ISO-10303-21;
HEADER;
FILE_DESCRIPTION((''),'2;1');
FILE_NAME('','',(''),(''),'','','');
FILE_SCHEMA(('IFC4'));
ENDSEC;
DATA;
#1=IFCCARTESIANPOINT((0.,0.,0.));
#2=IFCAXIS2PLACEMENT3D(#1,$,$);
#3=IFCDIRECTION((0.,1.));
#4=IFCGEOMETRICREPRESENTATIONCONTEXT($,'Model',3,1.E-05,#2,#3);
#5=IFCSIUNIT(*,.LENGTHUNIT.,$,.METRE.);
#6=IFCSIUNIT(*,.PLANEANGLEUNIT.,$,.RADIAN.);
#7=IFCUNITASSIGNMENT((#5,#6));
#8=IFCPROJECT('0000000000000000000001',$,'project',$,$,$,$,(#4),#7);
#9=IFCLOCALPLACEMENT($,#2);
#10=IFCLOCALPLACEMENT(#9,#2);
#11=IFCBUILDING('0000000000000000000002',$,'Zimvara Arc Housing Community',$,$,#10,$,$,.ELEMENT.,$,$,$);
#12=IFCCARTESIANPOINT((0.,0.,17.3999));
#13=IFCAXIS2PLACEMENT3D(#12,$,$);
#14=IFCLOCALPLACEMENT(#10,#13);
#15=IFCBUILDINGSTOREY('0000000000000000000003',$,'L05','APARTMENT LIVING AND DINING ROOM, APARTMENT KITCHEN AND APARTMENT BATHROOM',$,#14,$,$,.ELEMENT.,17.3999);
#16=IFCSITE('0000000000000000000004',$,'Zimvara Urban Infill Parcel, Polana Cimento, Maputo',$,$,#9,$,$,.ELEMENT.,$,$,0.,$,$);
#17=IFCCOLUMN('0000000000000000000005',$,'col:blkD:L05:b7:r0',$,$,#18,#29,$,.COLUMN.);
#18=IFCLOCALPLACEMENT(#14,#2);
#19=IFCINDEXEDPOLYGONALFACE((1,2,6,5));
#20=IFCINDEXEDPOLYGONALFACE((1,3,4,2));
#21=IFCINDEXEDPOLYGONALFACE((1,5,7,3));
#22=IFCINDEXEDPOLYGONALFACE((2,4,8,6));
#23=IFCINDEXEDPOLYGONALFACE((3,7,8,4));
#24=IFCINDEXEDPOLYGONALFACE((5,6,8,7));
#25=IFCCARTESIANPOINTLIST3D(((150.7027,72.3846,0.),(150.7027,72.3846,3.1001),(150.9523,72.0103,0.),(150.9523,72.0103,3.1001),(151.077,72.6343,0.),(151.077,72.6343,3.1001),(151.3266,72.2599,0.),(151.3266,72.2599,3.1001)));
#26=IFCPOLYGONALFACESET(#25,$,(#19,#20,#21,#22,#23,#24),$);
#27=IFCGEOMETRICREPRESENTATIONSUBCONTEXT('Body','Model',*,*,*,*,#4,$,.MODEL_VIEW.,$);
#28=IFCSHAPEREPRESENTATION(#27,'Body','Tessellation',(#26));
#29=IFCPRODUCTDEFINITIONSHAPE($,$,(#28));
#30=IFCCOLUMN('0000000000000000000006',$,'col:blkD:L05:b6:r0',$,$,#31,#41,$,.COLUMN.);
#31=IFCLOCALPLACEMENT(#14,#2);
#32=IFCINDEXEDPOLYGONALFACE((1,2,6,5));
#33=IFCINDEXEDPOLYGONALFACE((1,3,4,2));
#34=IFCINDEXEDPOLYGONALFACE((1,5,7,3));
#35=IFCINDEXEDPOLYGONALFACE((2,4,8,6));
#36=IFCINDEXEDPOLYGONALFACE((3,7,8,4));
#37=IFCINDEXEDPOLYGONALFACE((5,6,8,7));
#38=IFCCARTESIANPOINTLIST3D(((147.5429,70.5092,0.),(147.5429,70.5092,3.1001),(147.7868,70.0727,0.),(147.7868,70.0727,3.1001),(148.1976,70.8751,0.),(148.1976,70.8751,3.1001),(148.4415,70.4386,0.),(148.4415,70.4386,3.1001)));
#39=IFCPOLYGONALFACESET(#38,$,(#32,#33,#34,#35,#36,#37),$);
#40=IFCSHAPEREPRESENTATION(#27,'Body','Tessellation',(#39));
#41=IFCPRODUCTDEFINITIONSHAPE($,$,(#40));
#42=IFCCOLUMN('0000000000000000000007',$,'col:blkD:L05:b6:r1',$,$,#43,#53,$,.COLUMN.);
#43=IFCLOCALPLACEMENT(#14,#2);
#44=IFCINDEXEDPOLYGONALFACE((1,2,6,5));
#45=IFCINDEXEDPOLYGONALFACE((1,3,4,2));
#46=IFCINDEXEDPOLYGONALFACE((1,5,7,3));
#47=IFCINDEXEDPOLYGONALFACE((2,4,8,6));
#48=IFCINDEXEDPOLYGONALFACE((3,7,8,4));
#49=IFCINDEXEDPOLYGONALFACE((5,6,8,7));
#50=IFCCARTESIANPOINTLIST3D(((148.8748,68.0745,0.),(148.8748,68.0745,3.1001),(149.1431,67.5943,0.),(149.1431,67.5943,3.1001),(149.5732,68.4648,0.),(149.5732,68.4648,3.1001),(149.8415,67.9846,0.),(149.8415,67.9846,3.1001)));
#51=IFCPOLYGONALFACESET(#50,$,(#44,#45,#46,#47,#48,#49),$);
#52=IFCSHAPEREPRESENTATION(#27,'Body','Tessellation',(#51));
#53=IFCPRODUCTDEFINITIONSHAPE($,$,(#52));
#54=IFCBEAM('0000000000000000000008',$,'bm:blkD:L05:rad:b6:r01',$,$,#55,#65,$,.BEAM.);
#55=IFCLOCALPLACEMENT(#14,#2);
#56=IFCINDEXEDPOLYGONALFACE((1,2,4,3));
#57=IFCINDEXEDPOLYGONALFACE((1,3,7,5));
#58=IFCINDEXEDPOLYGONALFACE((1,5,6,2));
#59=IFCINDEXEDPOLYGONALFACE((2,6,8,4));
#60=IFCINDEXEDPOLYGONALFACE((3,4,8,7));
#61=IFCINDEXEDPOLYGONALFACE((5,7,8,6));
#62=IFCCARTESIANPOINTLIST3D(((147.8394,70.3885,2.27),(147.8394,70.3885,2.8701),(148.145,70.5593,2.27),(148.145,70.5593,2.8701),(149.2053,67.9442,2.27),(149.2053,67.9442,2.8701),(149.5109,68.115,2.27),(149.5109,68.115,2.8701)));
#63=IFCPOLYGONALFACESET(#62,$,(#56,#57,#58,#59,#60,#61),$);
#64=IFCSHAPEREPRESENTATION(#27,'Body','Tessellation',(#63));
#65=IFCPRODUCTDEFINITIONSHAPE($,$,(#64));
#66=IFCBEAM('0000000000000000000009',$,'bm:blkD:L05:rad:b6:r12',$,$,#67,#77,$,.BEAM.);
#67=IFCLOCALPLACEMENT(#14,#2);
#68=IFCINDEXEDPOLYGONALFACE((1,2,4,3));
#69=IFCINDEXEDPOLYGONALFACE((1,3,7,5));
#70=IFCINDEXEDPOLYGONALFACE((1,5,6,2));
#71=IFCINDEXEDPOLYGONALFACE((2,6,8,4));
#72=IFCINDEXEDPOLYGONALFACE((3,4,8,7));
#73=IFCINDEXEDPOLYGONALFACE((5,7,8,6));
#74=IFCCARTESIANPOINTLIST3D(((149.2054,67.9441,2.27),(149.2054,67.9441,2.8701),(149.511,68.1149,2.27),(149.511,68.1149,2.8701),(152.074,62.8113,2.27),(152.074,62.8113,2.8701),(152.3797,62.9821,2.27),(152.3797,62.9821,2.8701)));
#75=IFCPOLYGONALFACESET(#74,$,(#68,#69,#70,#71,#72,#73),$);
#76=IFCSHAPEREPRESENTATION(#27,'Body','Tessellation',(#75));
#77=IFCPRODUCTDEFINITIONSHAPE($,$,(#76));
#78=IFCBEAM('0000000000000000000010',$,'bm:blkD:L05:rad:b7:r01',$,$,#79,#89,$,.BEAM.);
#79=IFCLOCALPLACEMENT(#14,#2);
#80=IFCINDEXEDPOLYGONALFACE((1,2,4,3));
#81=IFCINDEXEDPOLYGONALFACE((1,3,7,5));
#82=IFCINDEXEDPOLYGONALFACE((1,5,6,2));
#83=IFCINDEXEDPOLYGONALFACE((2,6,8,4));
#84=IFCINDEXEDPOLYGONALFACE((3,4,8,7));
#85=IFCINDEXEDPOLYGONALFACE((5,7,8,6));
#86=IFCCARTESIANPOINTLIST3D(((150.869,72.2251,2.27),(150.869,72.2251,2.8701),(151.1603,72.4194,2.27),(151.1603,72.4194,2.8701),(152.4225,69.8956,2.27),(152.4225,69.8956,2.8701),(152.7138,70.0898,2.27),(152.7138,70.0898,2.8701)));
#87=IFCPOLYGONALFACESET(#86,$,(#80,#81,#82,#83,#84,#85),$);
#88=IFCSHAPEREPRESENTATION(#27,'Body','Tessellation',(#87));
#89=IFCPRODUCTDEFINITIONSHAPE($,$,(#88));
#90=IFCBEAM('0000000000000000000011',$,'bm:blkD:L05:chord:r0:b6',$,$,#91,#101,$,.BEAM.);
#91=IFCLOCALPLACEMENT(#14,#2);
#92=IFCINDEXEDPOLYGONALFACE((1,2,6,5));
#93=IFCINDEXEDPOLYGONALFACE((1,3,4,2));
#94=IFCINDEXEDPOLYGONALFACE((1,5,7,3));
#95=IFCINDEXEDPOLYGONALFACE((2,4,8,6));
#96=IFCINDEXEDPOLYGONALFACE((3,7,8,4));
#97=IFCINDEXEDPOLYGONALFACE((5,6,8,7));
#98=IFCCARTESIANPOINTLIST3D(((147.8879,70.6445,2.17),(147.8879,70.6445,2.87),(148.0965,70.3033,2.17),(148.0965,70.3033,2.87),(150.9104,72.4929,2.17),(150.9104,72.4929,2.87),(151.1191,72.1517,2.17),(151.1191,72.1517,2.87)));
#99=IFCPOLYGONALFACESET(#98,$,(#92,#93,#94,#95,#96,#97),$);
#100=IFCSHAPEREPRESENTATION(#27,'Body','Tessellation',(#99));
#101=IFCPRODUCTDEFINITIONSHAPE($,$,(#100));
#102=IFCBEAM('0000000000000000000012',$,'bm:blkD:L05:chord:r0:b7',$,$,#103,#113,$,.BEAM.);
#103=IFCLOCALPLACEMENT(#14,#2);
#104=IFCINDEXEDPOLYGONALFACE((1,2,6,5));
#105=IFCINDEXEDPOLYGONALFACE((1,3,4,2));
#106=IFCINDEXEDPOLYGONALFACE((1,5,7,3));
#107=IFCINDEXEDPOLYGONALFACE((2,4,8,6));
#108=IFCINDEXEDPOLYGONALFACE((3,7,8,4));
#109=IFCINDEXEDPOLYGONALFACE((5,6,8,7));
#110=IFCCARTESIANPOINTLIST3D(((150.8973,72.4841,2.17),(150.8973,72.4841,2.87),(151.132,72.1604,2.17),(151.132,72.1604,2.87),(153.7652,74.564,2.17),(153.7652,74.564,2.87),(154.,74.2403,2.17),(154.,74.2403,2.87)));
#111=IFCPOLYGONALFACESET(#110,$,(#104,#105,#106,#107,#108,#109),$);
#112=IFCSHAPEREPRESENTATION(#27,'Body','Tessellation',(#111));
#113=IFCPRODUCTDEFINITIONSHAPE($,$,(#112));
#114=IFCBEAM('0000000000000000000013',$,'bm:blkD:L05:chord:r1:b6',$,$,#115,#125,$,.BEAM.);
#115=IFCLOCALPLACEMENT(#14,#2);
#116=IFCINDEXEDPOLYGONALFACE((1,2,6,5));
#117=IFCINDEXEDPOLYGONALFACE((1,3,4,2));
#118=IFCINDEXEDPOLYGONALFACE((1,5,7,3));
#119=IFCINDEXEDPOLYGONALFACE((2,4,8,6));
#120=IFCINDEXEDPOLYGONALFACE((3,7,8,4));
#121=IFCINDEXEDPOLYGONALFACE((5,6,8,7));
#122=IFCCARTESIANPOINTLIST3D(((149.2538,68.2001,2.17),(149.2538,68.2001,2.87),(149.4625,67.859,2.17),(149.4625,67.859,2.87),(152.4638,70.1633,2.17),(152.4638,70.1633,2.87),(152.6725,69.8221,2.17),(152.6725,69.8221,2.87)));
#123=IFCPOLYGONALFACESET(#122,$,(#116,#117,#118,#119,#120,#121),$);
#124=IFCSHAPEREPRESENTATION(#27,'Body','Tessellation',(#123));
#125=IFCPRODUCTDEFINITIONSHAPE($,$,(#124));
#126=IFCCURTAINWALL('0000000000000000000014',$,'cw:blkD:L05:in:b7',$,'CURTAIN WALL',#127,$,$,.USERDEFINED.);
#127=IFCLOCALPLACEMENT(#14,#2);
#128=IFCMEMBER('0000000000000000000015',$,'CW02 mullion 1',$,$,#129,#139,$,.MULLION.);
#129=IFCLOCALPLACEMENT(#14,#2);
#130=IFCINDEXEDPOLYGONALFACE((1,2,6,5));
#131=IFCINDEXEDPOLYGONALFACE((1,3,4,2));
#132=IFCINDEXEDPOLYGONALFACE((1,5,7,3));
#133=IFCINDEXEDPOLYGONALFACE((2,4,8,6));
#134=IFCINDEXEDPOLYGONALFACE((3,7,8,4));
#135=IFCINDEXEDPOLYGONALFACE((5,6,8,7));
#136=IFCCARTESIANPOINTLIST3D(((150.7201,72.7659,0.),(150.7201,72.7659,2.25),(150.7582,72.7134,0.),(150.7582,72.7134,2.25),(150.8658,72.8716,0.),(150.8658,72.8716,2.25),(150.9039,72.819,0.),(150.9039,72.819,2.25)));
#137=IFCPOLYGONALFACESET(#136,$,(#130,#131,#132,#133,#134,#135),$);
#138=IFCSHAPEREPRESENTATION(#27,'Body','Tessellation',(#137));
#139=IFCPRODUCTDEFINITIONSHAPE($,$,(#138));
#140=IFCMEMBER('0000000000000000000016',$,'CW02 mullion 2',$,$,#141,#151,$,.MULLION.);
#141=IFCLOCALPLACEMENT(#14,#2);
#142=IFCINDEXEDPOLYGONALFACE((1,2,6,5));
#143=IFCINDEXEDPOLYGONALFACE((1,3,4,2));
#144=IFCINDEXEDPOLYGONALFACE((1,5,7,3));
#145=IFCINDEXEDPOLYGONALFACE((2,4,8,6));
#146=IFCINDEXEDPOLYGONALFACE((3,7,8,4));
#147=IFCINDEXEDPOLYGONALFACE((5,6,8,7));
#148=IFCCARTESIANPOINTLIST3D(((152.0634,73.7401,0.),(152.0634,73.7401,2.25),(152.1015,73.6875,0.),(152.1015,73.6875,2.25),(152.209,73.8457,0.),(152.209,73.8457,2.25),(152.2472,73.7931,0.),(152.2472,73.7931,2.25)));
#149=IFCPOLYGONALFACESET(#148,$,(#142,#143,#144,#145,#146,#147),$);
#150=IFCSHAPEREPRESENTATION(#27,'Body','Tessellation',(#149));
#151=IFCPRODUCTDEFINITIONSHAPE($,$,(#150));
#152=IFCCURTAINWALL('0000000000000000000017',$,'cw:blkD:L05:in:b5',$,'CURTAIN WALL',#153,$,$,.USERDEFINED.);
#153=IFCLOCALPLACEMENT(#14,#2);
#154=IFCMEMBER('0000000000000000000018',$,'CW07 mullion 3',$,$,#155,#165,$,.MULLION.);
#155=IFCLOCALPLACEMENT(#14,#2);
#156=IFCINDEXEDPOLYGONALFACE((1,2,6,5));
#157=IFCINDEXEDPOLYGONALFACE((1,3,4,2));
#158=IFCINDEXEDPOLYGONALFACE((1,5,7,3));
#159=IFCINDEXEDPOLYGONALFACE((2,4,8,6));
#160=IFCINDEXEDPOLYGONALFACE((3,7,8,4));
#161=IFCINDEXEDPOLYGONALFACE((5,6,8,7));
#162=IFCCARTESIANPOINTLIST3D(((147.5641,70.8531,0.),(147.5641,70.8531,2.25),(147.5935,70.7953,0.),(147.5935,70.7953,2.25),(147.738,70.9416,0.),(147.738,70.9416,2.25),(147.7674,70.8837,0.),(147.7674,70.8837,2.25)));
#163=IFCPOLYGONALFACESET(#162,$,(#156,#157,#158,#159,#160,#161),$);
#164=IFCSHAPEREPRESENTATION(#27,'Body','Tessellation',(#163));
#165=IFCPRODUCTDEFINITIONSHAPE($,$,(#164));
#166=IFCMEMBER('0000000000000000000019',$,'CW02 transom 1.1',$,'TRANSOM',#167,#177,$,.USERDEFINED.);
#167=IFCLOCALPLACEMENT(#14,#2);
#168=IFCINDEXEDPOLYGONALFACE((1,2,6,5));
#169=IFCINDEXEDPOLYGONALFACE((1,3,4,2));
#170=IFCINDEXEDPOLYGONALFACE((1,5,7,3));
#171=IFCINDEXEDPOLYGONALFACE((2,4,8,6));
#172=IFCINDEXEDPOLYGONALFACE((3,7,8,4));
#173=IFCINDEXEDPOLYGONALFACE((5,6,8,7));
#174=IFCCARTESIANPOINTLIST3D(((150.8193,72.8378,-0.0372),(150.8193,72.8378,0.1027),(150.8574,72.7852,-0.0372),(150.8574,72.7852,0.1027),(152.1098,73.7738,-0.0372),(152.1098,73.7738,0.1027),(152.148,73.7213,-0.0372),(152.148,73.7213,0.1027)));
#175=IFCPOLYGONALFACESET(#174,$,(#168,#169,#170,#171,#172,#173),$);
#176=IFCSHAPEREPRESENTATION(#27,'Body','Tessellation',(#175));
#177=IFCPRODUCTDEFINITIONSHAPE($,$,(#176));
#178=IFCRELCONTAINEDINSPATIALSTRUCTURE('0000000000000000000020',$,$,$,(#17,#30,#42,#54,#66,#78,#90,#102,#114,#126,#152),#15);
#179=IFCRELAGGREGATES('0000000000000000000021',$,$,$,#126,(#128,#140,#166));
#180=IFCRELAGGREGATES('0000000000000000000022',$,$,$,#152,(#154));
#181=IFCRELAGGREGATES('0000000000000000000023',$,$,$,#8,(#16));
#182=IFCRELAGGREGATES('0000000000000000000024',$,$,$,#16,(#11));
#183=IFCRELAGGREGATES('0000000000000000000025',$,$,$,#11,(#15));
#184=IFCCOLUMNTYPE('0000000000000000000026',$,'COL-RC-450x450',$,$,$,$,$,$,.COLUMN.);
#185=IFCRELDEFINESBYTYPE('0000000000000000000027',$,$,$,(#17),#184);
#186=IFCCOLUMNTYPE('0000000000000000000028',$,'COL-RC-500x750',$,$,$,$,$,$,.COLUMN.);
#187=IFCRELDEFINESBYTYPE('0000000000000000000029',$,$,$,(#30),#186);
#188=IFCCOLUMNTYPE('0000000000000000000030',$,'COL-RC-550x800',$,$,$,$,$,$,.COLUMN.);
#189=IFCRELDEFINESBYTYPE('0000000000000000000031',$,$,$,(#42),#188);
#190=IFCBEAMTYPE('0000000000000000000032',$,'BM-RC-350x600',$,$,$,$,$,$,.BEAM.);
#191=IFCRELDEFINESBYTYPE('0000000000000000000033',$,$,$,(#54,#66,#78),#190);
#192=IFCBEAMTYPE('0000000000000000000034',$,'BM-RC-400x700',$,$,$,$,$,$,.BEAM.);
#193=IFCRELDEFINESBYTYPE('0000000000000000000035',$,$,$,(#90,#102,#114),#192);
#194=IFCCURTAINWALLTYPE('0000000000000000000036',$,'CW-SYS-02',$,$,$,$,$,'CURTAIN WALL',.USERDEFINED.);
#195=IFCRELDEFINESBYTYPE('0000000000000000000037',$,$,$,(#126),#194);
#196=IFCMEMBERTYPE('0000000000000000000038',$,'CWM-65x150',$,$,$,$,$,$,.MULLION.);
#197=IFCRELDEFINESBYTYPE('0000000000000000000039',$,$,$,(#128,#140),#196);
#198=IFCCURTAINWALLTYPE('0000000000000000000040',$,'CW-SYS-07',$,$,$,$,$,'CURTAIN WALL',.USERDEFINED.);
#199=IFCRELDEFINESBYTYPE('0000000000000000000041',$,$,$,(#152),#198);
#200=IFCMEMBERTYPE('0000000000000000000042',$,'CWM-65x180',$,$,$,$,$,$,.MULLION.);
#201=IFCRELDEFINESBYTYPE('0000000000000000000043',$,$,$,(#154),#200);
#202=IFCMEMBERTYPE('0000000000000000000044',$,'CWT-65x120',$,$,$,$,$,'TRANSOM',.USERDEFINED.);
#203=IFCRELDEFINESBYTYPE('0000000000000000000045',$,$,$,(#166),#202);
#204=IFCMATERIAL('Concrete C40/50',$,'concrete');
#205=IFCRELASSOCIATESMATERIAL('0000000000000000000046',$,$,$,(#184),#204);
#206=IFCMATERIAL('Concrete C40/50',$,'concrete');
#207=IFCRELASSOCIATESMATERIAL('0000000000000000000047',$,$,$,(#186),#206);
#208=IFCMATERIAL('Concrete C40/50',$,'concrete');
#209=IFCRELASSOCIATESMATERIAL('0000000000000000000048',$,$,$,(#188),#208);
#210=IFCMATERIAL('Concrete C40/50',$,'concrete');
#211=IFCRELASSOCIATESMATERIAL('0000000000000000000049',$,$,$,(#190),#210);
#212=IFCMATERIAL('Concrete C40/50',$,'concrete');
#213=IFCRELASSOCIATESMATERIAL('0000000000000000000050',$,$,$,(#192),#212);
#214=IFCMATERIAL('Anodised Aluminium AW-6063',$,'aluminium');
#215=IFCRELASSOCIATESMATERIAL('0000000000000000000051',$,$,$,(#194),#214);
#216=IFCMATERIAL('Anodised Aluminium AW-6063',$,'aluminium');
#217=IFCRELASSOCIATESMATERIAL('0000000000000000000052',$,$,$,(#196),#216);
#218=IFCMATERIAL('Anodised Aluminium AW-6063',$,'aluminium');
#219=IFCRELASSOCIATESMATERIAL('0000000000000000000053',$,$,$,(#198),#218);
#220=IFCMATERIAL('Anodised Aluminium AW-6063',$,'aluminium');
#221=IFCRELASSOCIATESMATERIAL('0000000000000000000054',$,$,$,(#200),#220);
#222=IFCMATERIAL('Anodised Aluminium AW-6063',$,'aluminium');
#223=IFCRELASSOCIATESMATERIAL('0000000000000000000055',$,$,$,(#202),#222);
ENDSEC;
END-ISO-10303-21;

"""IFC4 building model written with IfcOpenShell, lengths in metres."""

from ifc_helpers import new_model, si_unit, direction, frame, origin, origin_2d, place, context, subcontext, project, spatial, rectangle, extrude, material, material_profile, profile_set, type_object, element, aggregate, save


model = new_model("IFC4")

# Units and contexts
model_context = context("Model", 3, precision=1e-05, world=origin(), true_north=direction((0.0, 1.0)))
body_context = subcontext(model_context, "Body", "Model", "MODEL_VIEW")
ifc_project = project(units=[si_unit("LENGTHUNIT", "METRE"), si_unit("PLANEANGLEUNIT", "RADIAN")], contexts=[model_context])

# Site, building, storey
site_placement = place(None, origin())
site = spatial("IfcSite", under=ifc_project, at=site_placement, Name="Zimvara Urban Infill Parcel, Polana Cimento, Maputo", CompositionType="ELEMENT", RefElevation=0.0)
building_placement = place(site_placement, origin())
building = spatial("IfcBuilding", under=site, at=building_placement, Name="Zimvara Arc Housing Community", CompositionType="ELEMENT")
storey_placement = place(building_placement, frame((0.0, 0.0, 17.3999)))
storey = spatial("IfcBuildingStorey", under=building, at=storey_placement, Name="L05", Description="APARTMENT LIVING AND DINING ROOM, APARTMENT KITCHEN AND APARTMENT BATHROOM", CompositionType="ELEMENT", Elevation=17.3999)

# Columns
ifc_material_1 = material(Name="Concrete C40/50", Category="concrete")
ifc_material_profile_1 = material_profile(ifc_material_1, rectangle(XDim=0.45, YDim=0.45, at=origin_2d()), Name="RC 450x450")
ifc_profile_set_1 = profile_set([ifc_material_profile_1], Name="Concrete C40/50")
column_type_1 = type_object("IfcColumnType", Name="COL-RC-450x450", PredefinedType="COLUMN", material=ifc_profile_set_1)
column_1_placement = place(storey_placement, frame((151.0146, 72.3223, 0.0), z_axis=(0.0, 0.0, 1.0), x_axis=(0.554844, -0.831954, 0.0)))
element("IfcColumn", 1, at=column_1_placement, inside=storey, type_object=column_type_1, Name="col:blkD:L05:b7:r0", PredefinedType="COLUMN", context=body_context, shape_type="SweptSolid", body=[
    extrude(rectangle(XDim=0.45, YDim=0.45, at=origin_2d()), origin(), (0.0, 0.0, 1.0), 3.1001),
])
ifc_material_2 = material(Name="Concrete C40/50", Category="concrete")
ifc_material_profile_2 = material_profile(ifc_material_2, rectangle(XDim=0.5, YDim=0.75, at=origin_2d()), Name="RC 500x750")
ifc_profile_set_2 = profile_set([ifc_material_profile_2], Name="Concrete C40/50")
column_type_2 = type_object("IfcColumnType", Name="COL-RC-500x750", PredefinedType="COLUMN", material=ifc_profile_set_2)
column_2_placement = place(storey_placement, frame((147.9922, 70.4739, 0.0), z_axis=(0.0, 0.0, 1.0), x_axis=(0.48786, -0.872922, 0.0)))
element("IfcColumn", 2, at=column_2_placement, inside=storey, type_object=column_type_2, Name="col:blkD:L05:b6:r0", PredefinedType="COLUMN", context=body_context, shape_type="SweptSolid", body=[
    extrude(rectangle(XDim=0.5, YDim=0.75, at=origin_2d()), origin(), (0.0, 0.0, 1.0), 3.1001),
])
ifc_material_3 = material(Name="Concrete C40/50", Category="concrete")
ifc_material_profile_3 = material_profile(ifc_material_3, rectangle(XDim=0.55, YDim=0.8, at=origin_2d()), Name="RC 550x800")
ifc_profile_set_3 = profile_set([ifc_material_profile_3], Name="Concrete C40/50")
column_type_3 = type_object("IfcColumnType", Name="COL-RC-550x800", PredefinedType="COLUMN", material=ifc_profile_set_3)
column_3_placement = place(storey_placement, frame((149.3582, 68.0295, 0.0), z_axis=(0.0, 0.0, 1.0), x_axis=(0.48786, -0.872922, 0.0)))
element("IfcColumn", 3, at=column_3_placement, inside=storey, type_object=column_type_3, Name="col:blkD:L05:b6:r1", PredefinedType="COLUMN", context=body_context, shape_type="SweptSolid", body=[
    extrude(rectangle(XDim=0.55, YDim=0.8, at=origin_2d()), origin(), (0.0, 0.0, 1.0), 3.1001),
])

# Beams
ifc_material_4 = material(Name="Concrete C40/50", Category="concrete")
ifc_material_profile_4 = material_profile(ifc_material_4, rectangle(XDim=0.3501, YDim=0.6001, at=origin_2d()), Name="RC 350x600")
ifc_profile_set_4 = profile_set([ifc_material_profile_4], Name="Concrete C40/50")
beam_type_1 = type_object("IfcBeamType", Name="BM-RC-350x600", PredefinedType="BEAM", material=ifc_profile_set_4)
beam_1_placement = place(storey_placement, frame((147.9922, 70.4739, 2.5701), z_axis=(0.487825, -0.872941, 0.0), x_axis=(0.872941, 0.487825, 0.0)))
element("IfcBeam", 4, at=beam_1_placement, inside=storey, type_object=beam_type_1, Name="bm:blkD:L05:rad:b6:r01", PredefinedType="BEAM", context=body_context, shape_type="SweptSolid", body=[
    extrude(rectangle(XDim=0.3501, YDim=0.6001, at=origin_2d()), origin(), (0.0, 0.0, 1.0), 2.8),
])
beam_2_placement = place(storey_placement, frame((149.3582, 68.0295, 2.5701), z_axis=(0.487862, -0.872921, 0.0), x_axis=(0.872921, 0.487862, 0.0)))
element("IfcBeam", 5, at=beam_2_placement, inside=storey, type_object=beam_type_1, Name="bm:blkD:L05:rad:b6:r12", PredefinedType="BEAM", context=body_context, shape_type="SweptSolid", body=[
    extrude(rectangle(XDim=0.3501, YDim=0.6001, at=origin_2d()), origin(), (0.0, 0.0, 1.0), 5.8801),
])
beam_3_placement = place(storey_placement, frame((151.0146, 72.3223, 2.5701), z_axis=(0.554801, -0.831983, 0.0), x_axis=(0.831983, 0.554801, 0.0)))
element("IfcBeam", 6, at=beam_3_placement, inside=storey, type_object=beam_type_1, Name="bm:blkD:L05:rad:b7:r01", PredefinedType="BEAM", context=body_context, shape_type="SweptSolid", body=[
    extrude(rectangle(XDim=0.3501, YDim=0.6001, at=origin_2d()), origin(), (0.0, 0.0, 1.0), 2.8),
])
ifc_material_5 = material(Name="Concrete C40/50", Category="concrete")
ifc_material_profile_5 = material_profile(ifc_material_5, rectangle(XDim=0.3999, YDim=0.7, at=origin_2d()), Name="RC 400x700")
ifc_profile_set_5 = profile_set([ifc_material_profile_5], Name="Concrete C40/50")
beam_type_2 = type_object("IfcBeamType", Name="BM-RC-400x700", PredefinedType="BEAM", material=ifc_profile_set_5)
beam_4_placement = place(storey_placement, frame((147.9922, 70.4739, 2.52), z_axis=(0.853115, 0.521723, 0.0), x_axis=(-0.521723, 0.853115, 0.0)))
element("IfcBeam", 7, at=beam_4_placement, inside=storey, type_object=beam_type_2, Name="bm:blkD:L05:chord:r0:b6", PredefinedType="BEAM", context=body_context, shape_type="SweptSolid", body=[
    extrude(rectangle(XDim=0.3999, YDim=0.7, at=origin_2d()), origin(), (0.0, 0.0, 1.0), 3.543),
])
beam_5_placement = place(storey_placement, frame((151.0146, 72.3223, 2.52), z_axis=(0.809531, 0.587077, 0.0), x_axis=(-0.587077, 0.809531, 0.0)))
element("IfcBeam", 8, at=beam_5_placement, inside=storey, type_object=beam_type_2, Name="bm:blkD:L05:chord:r0:b7", PredefinedType="BEAM", context=body_context, shape_type="SweptSolid", body=[
    extrude(rectangle(XDim=0.3999, YDim=0.7, at=origin_2d()), origin(), (0.0, 0.0, 1.0), 3.5427),
])
beam_6_placement = place(storey_placement, frame((149.3582, 68.0295, 2.52), z_axis=(0.853105, 0.521739, 0.0), x_axis=(-0.521739, 0.853105, 0.0)))
element("IfcBeam", 9, at=beam_6_placement, inside=storey, type_object=beam_type_2, Name="bm:blkD:L05:chord:r1:b6", PredefinedType="BEAM", context=body_context, shape_type="SweptSolid", body=[
    extrude(rectangle(XDim=0.3999, YDim=0.7, at=origin_2d()), origin(), (0.0, 0.0, 1.0), 3.7627),
])

# Curtain wall, members
ifc_material_6 = material(Name="Anodised Aluminium AW-6063", Category="aluminium")
curtain_wall_type_1 = type_object("IfcCurtainWallType", Name="CW-SYS-02", ElementType="CURTAIN WALL", PredefinedType="USERDEFINED", material=ifc_material_6)
curtain_wall_1_placement = place(storey_placement, origin())
curtain_wall_1 = element("IfcCurtainWall", 10, at=curtain_wall_1_placement, inside=storey, type_object=curtain_wall_type_1, Name="cw:blkD:L05:in:b7", ObjectType="CURTAIN WALL", PredefinedType="USERDEFINED")
ifc_material_7 = material(Name="Anodised Aluminium AW-6063", Category="aluminium")
ifc_material_profile_6 = material_profile(ifc_material_7, rectangle(XDim=0.0649, YDim=0.1799, at=origin_2d()), Name="ALU 65x180")
ifc_profile_set_6 = profile_set([ifc_material_profile_6], Name="Anodised Aluminium AW-6063")
member_type_1 = type_object("IfcMemberType", Name="CWM-65x150", PredefinedType="MULLION", material=ifc_profile_set_6)
member_1_placement = place(storey_placement, frame((150.812, 72.7925, 0.0), z_axis=(0.0, 0.0, 1.0), x_axis=(-0.587079, 0.809529, 0.0)))
member_1 = element("IfcMember", 11, at=member_1_placement, type_object=member_type_1, Name="CW02 mullion 1", PredefinedType="MULLION", context=body_context, shape_type="SweptSolid", body=[
    extrude(rectangle(XDim=0.0649, YDim=0.1799, at=origin_2d()), origin(), (0.0, 0.0, 1.0), 2.25),
])
member_2_placement = place(storey_placement, frame((152.1553, 73.7666, 0.0), z_axis=(0.0, 0.0, 1.0), x_axis=(-0.587079, 0.809529, 0.0)))
member_2 = element("IfcMember", 12, at=member_2_placement, type_object=member_type_1, Name="CW02 mullion 2", PredefinedType="MULLION", context=body_context, shape_type="SweptSolid", body=[
    extrude(rectangle(XDim=0.0649, YDim=0.1799, at=origin_2d()), origin(), (0.0, 0.0, 1.0), 2.25),
])

# Curtain wall, member
ifc_material_8 = material(Name="Anodised Aluminium AW-6063", Category="aluminium")
curtain_wall_type_2 = type_object("IfcCurtainWallType", Name="CW-SYS-07", ElementType="CURTAIN WALL", PredefinedType="USERDEFINED", material=ifc_material_8)
curtain_wall_2_placement = place(storey_placement, origin())
curtain_wall_2 = element("IfcCurtainWall", 13, at=curtain_wall_2_placement, inside=storey, type_object=curtain_wall_type_2, Name="cw:blkD:L05:in:b5", ObjectType="CURTAIN WALL", PredefinedType="USERDEFINED")
ifc_material_9 = material(Name="Anodised Aluminium AW-6063", Category="aluminium")
ifc_material_profile_7 = material_profile(ifc_material_9, rectangle(XDim=0.0649, YDim=0.1951, at=origin_2d()), Name="ALU 65x195")
ifc_profile_set_7 = profile_set([ifc_material_profile_7], Name="Anodised Aluminium AW-6063")
member_type_2 = type_object("IfcMemberType", Name="CWM-65x180", PredefinedType="MULLION", material=ifc_profile_set_7)
member_3_placement = place(storey_placement, frame((147.6658, 70.8684, 0.0), z_axis=(0.0, 0.0, 1.0), x_axis=(-0.453211, 0.891403, 0.0)))
member_3 = element("IfcMember", 14, at=member_3_placement, type_object=member_type_2, Name="CW07 mullion 3", PredefinedType="MULLION", context=body_context, shape_type="SweptSolid", body=[
    extrude(rectangle(XDim=0.0649, YDim=0.1951, at=origin_2d()), origin(), (0.0, 0.0, 1.0), 2.25),
])

# Member
ifc_material_10 = material(Name="Anodised Aluminium AW-6063", Category="aluminium")
ifc_material_profile_8 = material_profile(ifc_material_10, rectangle(XDim=0.0649, YDim=0.1399, at=origin_2d()), Name="ALU 65x140")
ifc_profile_set_8 = profile_set([ifc_material_profile_8], Name="Anodised Aluminium AW-6063")
member_type_3 = type_object("IfcMemberType", Name="CWT-65x120", ElementType="TRANSOM", PredefinedType="USERDEFINED", material=ifc_profile_set_8)
member_4_placement = place(storey_placement, frame((150.8384, 72.8115, 0.0327), z_axis=(0.80949, 0.587133, 0.0), x_axis=(-0.587133, 0.80949, 0.0)))
member_4 = element("IfcMember", 15, at=member_4_placement, type_object=member_type_3, Name="CW02 transom 1.1", ObjectType="TRANSOM", PredefinedType="USERDEFINED", context=body_context, shape_type="SweptSolid", body=[
    extrude(rectangle(XDim=0.0649, YDim=0.1399, at=origin_2d()), origin(), (0.0, 0.0, 1.0), 1.5942),
])

aggregate(curtain_wall_1, [member_1, member_2, member_4])
aggregate(curtain_wall_2, [member_3])

save(model, "model.ifc")
